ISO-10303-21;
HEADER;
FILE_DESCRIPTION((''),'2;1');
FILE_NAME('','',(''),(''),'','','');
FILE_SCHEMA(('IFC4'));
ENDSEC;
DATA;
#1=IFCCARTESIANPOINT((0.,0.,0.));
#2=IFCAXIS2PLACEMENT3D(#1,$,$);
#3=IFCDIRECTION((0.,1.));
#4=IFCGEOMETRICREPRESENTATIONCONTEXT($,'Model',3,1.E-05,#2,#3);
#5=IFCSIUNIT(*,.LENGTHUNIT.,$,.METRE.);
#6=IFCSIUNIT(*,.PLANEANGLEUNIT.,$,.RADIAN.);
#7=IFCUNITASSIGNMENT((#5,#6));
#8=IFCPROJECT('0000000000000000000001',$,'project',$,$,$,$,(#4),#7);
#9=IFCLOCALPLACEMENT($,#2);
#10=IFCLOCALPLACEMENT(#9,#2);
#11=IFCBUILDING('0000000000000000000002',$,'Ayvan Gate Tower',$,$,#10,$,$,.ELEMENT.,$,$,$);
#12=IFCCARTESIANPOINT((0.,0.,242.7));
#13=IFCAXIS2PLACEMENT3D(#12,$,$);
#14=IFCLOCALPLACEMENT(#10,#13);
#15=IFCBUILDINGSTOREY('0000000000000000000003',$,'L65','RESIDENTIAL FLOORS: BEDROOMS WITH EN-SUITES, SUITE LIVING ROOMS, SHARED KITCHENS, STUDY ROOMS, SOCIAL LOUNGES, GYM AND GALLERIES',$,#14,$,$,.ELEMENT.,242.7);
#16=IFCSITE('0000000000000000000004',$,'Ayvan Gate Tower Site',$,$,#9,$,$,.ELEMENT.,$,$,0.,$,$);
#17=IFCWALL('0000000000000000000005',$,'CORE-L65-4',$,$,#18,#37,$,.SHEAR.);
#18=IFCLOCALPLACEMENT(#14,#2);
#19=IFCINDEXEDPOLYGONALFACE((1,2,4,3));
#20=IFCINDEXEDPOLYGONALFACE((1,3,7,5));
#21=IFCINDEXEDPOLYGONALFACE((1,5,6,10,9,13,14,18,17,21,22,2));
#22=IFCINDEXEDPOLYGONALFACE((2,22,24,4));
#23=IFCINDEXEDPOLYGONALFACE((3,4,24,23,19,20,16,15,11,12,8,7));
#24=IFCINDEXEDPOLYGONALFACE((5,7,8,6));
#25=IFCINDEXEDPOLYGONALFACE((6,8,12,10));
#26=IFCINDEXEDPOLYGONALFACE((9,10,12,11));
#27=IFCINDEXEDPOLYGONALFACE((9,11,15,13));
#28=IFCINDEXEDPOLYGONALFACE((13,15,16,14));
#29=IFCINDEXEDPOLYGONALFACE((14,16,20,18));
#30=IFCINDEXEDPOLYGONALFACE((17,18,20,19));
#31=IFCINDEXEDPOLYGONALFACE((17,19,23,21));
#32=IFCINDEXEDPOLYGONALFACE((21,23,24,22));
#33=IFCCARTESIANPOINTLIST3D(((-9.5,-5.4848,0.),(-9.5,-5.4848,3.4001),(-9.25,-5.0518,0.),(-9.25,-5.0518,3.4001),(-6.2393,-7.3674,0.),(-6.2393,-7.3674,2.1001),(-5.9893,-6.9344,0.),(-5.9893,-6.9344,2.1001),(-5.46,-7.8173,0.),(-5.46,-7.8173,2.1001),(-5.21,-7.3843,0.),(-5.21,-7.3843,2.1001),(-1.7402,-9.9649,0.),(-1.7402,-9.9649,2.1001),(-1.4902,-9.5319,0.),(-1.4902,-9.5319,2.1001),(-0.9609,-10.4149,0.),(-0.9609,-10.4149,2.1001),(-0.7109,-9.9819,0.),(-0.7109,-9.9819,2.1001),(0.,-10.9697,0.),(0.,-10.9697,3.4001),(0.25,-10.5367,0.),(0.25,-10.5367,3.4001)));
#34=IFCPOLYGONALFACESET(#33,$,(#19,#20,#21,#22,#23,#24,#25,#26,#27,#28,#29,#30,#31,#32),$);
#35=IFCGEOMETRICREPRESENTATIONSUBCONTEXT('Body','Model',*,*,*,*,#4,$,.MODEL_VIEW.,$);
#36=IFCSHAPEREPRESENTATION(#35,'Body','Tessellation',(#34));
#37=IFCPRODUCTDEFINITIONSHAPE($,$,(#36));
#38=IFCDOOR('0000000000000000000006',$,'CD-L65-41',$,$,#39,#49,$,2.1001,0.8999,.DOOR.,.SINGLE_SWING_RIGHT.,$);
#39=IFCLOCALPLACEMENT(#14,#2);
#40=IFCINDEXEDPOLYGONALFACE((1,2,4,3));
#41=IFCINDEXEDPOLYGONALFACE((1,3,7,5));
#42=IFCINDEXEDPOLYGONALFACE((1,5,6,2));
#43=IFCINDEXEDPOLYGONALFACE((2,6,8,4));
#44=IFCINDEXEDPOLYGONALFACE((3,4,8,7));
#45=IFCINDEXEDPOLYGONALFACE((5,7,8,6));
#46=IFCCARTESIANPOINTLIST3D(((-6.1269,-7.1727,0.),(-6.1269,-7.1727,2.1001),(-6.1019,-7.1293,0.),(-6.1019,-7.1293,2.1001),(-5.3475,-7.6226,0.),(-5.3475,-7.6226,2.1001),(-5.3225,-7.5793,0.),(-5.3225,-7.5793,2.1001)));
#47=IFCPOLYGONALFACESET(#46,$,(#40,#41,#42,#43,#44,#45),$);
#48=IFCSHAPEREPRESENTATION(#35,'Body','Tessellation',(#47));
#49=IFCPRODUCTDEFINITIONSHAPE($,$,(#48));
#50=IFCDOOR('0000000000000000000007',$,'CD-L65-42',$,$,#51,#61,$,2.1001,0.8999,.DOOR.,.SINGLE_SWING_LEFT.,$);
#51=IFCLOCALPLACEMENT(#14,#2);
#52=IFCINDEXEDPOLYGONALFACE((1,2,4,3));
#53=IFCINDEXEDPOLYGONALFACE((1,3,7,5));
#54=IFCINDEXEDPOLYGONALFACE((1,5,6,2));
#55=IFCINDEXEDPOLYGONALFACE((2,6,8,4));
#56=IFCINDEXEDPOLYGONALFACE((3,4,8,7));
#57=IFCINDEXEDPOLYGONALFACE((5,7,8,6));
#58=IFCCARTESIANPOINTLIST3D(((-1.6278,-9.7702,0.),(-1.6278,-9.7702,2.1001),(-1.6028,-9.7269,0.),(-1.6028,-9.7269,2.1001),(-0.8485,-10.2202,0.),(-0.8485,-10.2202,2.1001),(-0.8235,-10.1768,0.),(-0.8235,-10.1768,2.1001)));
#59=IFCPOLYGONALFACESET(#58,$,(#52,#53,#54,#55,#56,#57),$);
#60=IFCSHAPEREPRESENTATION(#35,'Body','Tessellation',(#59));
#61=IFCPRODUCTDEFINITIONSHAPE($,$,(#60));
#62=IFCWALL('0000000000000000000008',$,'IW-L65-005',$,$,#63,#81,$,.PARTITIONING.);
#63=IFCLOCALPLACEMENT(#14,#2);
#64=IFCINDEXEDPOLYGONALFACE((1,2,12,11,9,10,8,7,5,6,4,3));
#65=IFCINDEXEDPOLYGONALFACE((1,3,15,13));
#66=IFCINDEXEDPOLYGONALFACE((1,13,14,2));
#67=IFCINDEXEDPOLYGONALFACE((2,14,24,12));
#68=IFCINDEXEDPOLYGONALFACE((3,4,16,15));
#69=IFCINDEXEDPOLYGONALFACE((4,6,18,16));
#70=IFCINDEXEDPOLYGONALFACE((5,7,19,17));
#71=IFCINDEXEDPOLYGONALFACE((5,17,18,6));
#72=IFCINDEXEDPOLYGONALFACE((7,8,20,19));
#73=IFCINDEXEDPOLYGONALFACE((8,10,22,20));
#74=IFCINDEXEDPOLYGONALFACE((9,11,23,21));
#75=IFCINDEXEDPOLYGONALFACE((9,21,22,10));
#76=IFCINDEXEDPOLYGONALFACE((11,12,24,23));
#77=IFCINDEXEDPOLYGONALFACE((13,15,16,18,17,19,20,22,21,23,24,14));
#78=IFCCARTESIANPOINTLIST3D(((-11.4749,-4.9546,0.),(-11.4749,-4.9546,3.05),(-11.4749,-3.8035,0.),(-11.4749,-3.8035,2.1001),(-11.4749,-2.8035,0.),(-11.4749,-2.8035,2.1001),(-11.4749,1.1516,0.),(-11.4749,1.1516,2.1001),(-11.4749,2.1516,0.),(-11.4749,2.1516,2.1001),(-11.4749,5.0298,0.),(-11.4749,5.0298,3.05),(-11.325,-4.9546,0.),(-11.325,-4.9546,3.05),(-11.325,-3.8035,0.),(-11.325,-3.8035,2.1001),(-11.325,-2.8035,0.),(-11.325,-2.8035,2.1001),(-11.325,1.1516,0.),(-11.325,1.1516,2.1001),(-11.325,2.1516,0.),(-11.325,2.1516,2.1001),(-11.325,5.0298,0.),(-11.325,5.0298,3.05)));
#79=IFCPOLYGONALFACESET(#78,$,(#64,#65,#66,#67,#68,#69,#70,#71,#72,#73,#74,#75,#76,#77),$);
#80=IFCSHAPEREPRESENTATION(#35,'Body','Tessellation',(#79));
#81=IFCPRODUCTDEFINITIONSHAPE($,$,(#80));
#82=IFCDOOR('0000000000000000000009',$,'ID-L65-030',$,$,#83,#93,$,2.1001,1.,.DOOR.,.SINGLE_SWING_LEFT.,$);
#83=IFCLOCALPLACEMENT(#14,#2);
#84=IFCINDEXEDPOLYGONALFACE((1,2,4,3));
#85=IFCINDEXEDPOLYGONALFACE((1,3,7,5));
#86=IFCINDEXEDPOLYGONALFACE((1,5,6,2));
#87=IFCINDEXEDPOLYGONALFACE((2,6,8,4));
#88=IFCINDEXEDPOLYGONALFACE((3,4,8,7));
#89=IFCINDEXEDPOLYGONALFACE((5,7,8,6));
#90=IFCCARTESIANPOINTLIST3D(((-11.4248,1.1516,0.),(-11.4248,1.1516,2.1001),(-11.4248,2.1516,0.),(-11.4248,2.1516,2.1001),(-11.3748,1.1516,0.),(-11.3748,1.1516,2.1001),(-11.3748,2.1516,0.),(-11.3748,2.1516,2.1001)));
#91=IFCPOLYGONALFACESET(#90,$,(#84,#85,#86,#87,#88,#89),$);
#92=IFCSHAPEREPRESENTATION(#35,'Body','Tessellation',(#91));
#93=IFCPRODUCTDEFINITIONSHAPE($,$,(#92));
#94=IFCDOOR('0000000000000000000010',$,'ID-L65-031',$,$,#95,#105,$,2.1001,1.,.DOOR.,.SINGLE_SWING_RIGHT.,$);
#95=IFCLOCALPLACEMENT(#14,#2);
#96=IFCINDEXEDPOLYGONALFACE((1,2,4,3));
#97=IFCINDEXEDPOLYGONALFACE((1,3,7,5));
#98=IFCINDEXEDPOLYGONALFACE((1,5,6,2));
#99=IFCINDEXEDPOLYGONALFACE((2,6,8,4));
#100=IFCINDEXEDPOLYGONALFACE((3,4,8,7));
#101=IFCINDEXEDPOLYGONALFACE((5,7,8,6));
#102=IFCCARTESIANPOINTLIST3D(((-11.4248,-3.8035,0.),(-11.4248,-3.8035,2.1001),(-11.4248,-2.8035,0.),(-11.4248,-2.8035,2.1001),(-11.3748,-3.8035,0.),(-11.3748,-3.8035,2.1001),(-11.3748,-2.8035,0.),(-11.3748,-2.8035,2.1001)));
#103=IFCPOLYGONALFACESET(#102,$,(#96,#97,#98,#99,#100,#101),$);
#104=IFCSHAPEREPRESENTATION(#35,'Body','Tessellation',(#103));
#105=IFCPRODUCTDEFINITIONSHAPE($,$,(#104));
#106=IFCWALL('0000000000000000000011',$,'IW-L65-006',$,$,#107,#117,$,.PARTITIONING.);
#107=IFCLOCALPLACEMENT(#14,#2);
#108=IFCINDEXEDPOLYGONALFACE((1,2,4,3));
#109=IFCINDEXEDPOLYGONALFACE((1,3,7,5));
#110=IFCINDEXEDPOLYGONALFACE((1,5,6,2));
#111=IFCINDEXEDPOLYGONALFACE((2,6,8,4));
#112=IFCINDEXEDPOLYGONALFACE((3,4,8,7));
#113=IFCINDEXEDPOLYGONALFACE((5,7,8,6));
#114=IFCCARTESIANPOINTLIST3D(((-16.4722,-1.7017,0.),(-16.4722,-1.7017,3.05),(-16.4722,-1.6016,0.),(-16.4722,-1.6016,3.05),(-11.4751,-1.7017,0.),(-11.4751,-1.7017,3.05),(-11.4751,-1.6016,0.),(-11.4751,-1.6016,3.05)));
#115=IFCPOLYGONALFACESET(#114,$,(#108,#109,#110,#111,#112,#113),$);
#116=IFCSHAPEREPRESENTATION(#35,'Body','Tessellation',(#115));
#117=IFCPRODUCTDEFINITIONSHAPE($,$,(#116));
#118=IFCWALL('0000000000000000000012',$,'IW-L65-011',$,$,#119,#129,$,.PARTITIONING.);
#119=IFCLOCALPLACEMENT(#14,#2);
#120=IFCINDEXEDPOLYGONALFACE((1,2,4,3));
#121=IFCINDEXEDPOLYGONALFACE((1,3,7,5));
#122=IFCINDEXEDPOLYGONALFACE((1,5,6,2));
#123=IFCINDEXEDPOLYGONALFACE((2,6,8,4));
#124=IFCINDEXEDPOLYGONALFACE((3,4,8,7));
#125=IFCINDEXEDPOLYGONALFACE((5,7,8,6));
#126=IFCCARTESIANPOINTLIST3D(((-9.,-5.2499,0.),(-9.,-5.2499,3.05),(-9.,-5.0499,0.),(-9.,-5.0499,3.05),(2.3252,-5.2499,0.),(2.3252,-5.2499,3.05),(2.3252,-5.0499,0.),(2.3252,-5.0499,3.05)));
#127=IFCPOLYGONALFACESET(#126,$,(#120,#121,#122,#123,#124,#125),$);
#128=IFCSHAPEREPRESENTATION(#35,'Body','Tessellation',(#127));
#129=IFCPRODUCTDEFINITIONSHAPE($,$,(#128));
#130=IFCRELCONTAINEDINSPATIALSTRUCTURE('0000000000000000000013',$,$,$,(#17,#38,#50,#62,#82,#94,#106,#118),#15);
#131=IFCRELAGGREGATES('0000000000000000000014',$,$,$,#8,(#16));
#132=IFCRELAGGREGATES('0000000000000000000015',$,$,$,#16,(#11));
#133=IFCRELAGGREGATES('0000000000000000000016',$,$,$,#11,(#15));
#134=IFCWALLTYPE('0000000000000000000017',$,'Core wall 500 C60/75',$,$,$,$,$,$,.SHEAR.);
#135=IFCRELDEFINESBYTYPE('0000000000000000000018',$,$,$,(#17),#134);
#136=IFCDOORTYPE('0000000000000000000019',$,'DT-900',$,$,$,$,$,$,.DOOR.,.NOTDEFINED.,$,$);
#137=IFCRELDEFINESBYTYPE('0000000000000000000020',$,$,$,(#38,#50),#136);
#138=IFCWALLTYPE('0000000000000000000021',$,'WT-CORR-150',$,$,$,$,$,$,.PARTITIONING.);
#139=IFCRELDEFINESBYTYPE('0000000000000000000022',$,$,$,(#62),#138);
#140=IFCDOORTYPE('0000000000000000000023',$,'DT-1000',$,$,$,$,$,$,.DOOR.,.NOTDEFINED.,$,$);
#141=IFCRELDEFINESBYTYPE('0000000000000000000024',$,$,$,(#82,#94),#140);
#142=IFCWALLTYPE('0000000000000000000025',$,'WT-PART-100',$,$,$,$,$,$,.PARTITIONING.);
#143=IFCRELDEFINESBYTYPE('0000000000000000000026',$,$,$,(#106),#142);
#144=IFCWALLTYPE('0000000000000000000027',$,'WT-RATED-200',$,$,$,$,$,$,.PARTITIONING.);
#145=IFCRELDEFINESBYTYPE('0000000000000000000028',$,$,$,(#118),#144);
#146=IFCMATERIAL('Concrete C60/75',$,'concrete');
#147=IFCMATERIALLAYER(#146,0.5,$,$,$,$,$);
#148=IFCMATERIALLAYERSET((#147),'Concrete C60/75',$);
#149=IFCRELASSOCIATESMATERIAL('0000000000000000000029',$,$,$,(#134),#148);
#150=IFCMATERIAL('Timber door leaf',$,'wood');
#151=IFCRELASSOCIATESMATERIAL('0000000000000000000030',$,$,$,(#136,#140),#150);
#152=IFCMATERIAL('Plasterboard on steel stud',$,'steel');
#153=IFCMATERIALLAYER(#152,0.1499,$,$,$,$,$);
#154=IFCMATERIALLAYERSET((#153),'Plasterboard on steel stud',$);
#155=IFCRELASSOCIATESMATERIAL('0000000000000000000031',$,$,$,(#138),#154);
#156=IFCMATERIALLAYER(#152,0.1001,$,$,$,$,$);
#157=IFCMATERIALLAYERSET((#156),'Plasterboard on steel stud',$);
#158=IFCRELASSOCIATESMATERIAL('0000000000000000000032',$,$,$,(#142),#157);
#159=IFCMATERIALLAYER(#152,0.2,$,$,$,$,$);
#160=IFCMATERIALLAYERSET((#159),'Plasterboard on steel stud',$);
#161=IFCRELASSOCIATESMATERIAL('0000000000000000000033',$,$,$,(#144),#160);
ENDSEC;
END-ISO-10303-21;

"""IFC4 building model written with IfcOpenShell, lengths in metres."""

from ifc_helpers import new_model, si_unit, direction, frame, frame_2d, origin, place, context, subcontext, project, spatial, rectangle, extrude, material, layer, layer_set, type_object, element, fill, save


model = new_model("IFC4")

# Units and contexts
model_context = context("Model", 3, precision=1e-05, world=origin(), true_north=direction((0.0, 1.0)))
body_context = subcontext(model_context, "Body", "Model", "MODEL_VIEW")
ifc_project = project(units=[si_unit("LENGTHUNIT", "METRE"), si_unit("PLANEANGLEUNIT", "RADIAN")], contexts=[model_context])

# Site, building, storey
site_placement = place(None, origin())
site = spatial("IfcSite", under=ifc_project, at=site_placement, Name="Ayvan Gate Tower Site", CompositionType="ELEMENT", RefElevation=0.0)
building_placement = place(site_placement, origin())
building = spatial("IfcBuilding", under=site, at=building_placement, Name="Ayvan Gate Tower", CompositionType="ELEMENT")
storey_placement = place(building_placement, frame((0.0, 0.0, 242.7)))
storey = spatial("IfcBuildingStorey", under=building, at=storey_placement, Name="L65", Description="RESIDENTIAL FLOORS: BEDROOMS WITH EN-SUITES, SUITE LIVING ROOMS, SHARED KITCHENS, STUDY ROOMS, SOCIAL LOUNGES, GYM AND GALLERIES", CompositionType="ELEMENT", Elevation=242.7)

# Walls, openings, doors
ifc_material_1 = material(Name="Concrete C60/75", Category="concrete")
ifc_layer_1 = layer(ifc_material_1, 0.5)
ifc_layer_set_1 = layer_set([ifc_layer_1], Name="Concrete C60/75")
wall_type_1 = type_object("IfcWallType", Name="Core wall 500 C60/75", PredefinedType="SHEAR", material=ifc_layer_set_1)
wall_1_placement = place(storey_placement, frame((-9.375, -5.2683, 0.0), z_axis=(0.0, 0.0, 1.0), x_axis=(0.866024, -0.500002, 0.0)))
wall_1 = element("IfcWall", 1, at=wall_1_placement, inside=storey, type_object=wall_type_1, Name="CORE-L65-4", PredefinedType="SHEAR", context=body_context, shape_type="SweptSolid", body=[
    extrude(rectangle(XDim=10.9697, YDim=0.5, at=frame_2d((5.4849, 0.0))), origin(), (0.0, 0.0, 1.0), 3.4001),
])
opening_1_placement = place(wall_1_placement, frame((3.7651, 0.0, 0.0)))
opening_1 = element("IfcOpeningElement", 2, at=opening_1_placement, cuts=wall_1, PredefinedType="OPENING", context=body_context, shape_type="SweptSolid", body=[
    extrude(rectangle(XDim=0.8999, YDim=2.1001, at=frame_2d((0.45, 1.05))), frame((0.0, 0.26, 0.0), z_axis=(0.0, -1.0, 0.0), x_axis=(1.0, 0.0, 0.0)), (0.0, 0.0, 1.0), 0.52),
])
opening_2_placement = place(wall_1_placement, frame((8.9602, 0.0, 0.0)))
opening_2 = element("IfcOpeningElement", 3, at=opening_2_placement, cuts=wall_1, PredefinedType="OPENING", context=body_context, shape_type="SweptSolid", body=[
    extrude(rectangle(XDim=0.8999, YDim=2.1001, at=frame_2d((0.45, 1.05))), frame((0.0, 0.26, 0.0), z_axis=(0.0, -1.0, 0.0), x_axis=(1.0, 0.0, 0.0)), (0.0, 0.0, 1.0), 0.52),
])
ifc_material_2 = material(Name="Timber door leaf", Category="wood")
door_type_1 = type_object("IfcDoorType", Name="DT-900", OperationType="NOTDEFINED", PredefinedType="DOOR", material=ifc_material_2)
door_1_placement = place(opening_1_placement, origin())
door_1 = element("IfcDoor", 4, at=door_1_placement, inside=storey, type_object=door_type_1, Name="CD-L65-41", OperationType="SINGLE_SWING_RIGHT", OverallHeight=2.1001, OverallWidth=0.8999, PredefinedType="DOOR", context=body_context, shape_type="SweptSolid", body=[
    extrude(rectangle(XDim=0.8999, YDim=2.1001, at=frame_2d((0.45, 1.05))), frame((0.0, 0.0249, 0.0), z_axis=(0.0, -1.0, 0.0), x_axis=(1.0, 0.0, 0.0)), (0.0, 0.0, 1.0), 0.05),
])
fill(opening_1, door_1)
door_2_placement = place(opening_2_placement, origin())
door_2 = element("IfcDoor", 5, at=door_2_placement, inside=storey, type_object=door_type_1, Name="CD-L65-42", OperationType="SINGLE_SWING_LEFT", OverallHeight=2.1001, OverallWidth=0.8999, PredefinedType="DOOR", context=body_context, shape_type="SweptSolid", body=[
    extrude(rectangle(XDim=0.8999, YDim=2.1001, at=frame_2d((0.45, 1.05))), frame((0.0, 0.0249, 0.0), z_axis=(0.0, -1.0, 0.0), x_axis=(1.0, 0.0, 0.0)), (0.0, 0.0, 1.0), 0.05),
])
fill(opening_2, door_2)
ifc_material_3 = material(Name="Plasterboard on steel stud", Category="steel")
ifc_layer_2 = layer(ifc_material_3, 0.1499)
ifc_layer_set_2 = layer_set([ifc_layer_2], Name="Plasterboard on steel stud")
wall_type_2 = type_object("IfcWallType", Name="WT-CORR-150", PredefinedType="PARTITIONING", material=ifc_layer_set_2)
wall_2_placement = place(storey_placement, frame((-11.3999, -4.9546, 0.0), z_axis=(0.0, 0.0, 1.0), x_axis=(0.0, 1.0, 0.0)))
wall_2 = element("IfcWall", 6, at=wall_2_placement, inside=storey, type_object=wall_type_2, Name="IW-L65-005", PredefinedType="PARTITIONING", context=body_context, shape_type="SweptSolid", body=[
    extrude(rectangle(XDim=9.9844, YDim=0.1499, at=frame_2d((4.9922, 0.0))), origin(), (0.0, 0.0, 1.0), 3.05),
])
opening_3_placement = place(wall_2_placement, frame((6.1062, 0.0, 0.0)))
opening_3 = element("IfcOpeningElement", 7, at=opening_3_placement, cuts=wall_2, PredefinedType="OPENING", context=body_context, shape_type="SweptSolid", body=[
    extrude(rectangle(XDim=1.0, YDim=2.1001, at=frame_2d((0.5, 1.05))), frame((0.0, 0.085, 0.0), z_axis=(0.0, -1.0, 0.0), x_axis=(1.0, 0.0, 0.0)), (0.0, 0.0, 1.0), 0.1699),
])
opening_4_placement = place(wall_2_placement, frame((1.1511, 0.0, 0.0)))
opening_4 = element("IfcOpeningElement", 8, at=opening_4_placement, cuts=wall_2, PredefinedType="OPENING", context=body_context, shape_type="SweptSolid", body=[
    extrude(rectangle(XDim=1.0, YDim=2.1001, at=frame_2d((0.5, 1.05))), frame((0.0, 0.085, 0.0), z_axis=(0.0, -1.0, 0.0), x_axis=(1.0, 0.0, 0.0)), (0.0, 0.0, 1.0), 0.1699),
])
door_type_2 = type_object("IfcDoorType", Name="DT-1000", OperationType="NOTDEFINED", PredefinedType="DOOR", material=ifc_material_2)
door_3_placement = place(opening_3_placement, origin())
door_3 = element("IfcDoor", 9, at=door_3_placement, inside=storey, type_object=door_type_2, Name="ID-L65-030", OperationType="SINGLE_SWING_LEFT", OverallHeight=2.1001, OverallWidth=1.0, PredefinedType="DOOR", context=body_context, shape_type="SweptSolid", body=[
    extrude(rectangle(XDim=1.0, YDim=2.1001, at=frame_2d((0.5, 1.05))), frame((0.0, 0.0249, 0.0), z_axis=(0.0, -1.0, 0.0), x_axis=(1.0, 0.0, 0.0)), (0.0, 0.0, 1.0), 0.05),
])
fill(opening_3, door_3)
door_4_placement = place(opening_4_placement, origin())
door_4 = element("IfcDoor", 10, at=door_4_placement, inside=storey, type_object=door_type_2, Name="ID-L65-031", OperationType="SINGLE_SWING_RIGHT", OverallHeight=2.1001, OverallWidth=1.0, PredefinedType="DOOR", context=body_context, shape_type="SweptSolid", body=[
    extrude(rectangle(XDim=1.0, YDim=2.1001, at=frame_2d((0.5, 1.05))), frame((0.0, 0.0249, 0.0), z_axis=(0.0, -1.0, 0.0), x_axis=(1.0, 0.0, 0.0)), (0.0, 0.0, 1.0), 0.05),
])
fill(opening_4, door_4)

# Walls
ifc_layer_3 = layer(ifc_material_3, 0.1001)
ifc_layer_set_3 = layer_set([ifc_layer_3], Name="Plasterboard on steel stud")
wall_type_3 = type_object("IfcWallType", Name="WT-PART-100", PredefinedType="PARTITIONING", material=ifc_layer_set_3)
wall_3_placement = place(storey_placement, frame((-11.4751, -1.6516, 0.0), z_axis=(0.0, 0.0, 1.0), x_axis=(-1.0, 0.0, 0.0)))
element("IfcWall", 11, at=wall_3_placement, inside=storey, type_object=wall_type_3, Name="IW-L65-006", PredefinedType="PARTITIONING", context=body_context, shape_type="SweptSolid", body=[
    extrude(rectangle(XDim=4.9971, YDim=0.1001, at=frame_2d((2.4985, 0.0))), origin(), (0.0, 0.0, 1.0), 3.05),
])
ifc_layer_4 = layer(ifc_material_3, 0.2)
ifc_layer_set_4 = layer_set([ifc_layer_4], Name="Plasterboard on steel stud")
wall_type_4 = type_object("IfcWallType", Name="WT-RATED-200", PredefinedType="PARTITIONING", material=ifc_layer_set_4)
wall_4_placement = place(storey_placement, frame((-9.0, -5.1499, 0.0), z_axis=(0.0, 0.0, 1.0), x_axis=(1.0, 0.0, 0.0)))
element("IfcWall", 12, at=wall_4_placement, inside=storey, type_object=wall_type_4, Name="IW-L65-011", PredefinedType="PARTITIONING", context=body_context, shape_type="SweptSolid", body=[
    extrude(rectangle(XDim=11.3252, YDim=0.2, at=frame_2d((5.6626, 0.0))), origin(), (0.0, 0.0, 1.0), 3.05),
])

save(model, "model.ifc")
